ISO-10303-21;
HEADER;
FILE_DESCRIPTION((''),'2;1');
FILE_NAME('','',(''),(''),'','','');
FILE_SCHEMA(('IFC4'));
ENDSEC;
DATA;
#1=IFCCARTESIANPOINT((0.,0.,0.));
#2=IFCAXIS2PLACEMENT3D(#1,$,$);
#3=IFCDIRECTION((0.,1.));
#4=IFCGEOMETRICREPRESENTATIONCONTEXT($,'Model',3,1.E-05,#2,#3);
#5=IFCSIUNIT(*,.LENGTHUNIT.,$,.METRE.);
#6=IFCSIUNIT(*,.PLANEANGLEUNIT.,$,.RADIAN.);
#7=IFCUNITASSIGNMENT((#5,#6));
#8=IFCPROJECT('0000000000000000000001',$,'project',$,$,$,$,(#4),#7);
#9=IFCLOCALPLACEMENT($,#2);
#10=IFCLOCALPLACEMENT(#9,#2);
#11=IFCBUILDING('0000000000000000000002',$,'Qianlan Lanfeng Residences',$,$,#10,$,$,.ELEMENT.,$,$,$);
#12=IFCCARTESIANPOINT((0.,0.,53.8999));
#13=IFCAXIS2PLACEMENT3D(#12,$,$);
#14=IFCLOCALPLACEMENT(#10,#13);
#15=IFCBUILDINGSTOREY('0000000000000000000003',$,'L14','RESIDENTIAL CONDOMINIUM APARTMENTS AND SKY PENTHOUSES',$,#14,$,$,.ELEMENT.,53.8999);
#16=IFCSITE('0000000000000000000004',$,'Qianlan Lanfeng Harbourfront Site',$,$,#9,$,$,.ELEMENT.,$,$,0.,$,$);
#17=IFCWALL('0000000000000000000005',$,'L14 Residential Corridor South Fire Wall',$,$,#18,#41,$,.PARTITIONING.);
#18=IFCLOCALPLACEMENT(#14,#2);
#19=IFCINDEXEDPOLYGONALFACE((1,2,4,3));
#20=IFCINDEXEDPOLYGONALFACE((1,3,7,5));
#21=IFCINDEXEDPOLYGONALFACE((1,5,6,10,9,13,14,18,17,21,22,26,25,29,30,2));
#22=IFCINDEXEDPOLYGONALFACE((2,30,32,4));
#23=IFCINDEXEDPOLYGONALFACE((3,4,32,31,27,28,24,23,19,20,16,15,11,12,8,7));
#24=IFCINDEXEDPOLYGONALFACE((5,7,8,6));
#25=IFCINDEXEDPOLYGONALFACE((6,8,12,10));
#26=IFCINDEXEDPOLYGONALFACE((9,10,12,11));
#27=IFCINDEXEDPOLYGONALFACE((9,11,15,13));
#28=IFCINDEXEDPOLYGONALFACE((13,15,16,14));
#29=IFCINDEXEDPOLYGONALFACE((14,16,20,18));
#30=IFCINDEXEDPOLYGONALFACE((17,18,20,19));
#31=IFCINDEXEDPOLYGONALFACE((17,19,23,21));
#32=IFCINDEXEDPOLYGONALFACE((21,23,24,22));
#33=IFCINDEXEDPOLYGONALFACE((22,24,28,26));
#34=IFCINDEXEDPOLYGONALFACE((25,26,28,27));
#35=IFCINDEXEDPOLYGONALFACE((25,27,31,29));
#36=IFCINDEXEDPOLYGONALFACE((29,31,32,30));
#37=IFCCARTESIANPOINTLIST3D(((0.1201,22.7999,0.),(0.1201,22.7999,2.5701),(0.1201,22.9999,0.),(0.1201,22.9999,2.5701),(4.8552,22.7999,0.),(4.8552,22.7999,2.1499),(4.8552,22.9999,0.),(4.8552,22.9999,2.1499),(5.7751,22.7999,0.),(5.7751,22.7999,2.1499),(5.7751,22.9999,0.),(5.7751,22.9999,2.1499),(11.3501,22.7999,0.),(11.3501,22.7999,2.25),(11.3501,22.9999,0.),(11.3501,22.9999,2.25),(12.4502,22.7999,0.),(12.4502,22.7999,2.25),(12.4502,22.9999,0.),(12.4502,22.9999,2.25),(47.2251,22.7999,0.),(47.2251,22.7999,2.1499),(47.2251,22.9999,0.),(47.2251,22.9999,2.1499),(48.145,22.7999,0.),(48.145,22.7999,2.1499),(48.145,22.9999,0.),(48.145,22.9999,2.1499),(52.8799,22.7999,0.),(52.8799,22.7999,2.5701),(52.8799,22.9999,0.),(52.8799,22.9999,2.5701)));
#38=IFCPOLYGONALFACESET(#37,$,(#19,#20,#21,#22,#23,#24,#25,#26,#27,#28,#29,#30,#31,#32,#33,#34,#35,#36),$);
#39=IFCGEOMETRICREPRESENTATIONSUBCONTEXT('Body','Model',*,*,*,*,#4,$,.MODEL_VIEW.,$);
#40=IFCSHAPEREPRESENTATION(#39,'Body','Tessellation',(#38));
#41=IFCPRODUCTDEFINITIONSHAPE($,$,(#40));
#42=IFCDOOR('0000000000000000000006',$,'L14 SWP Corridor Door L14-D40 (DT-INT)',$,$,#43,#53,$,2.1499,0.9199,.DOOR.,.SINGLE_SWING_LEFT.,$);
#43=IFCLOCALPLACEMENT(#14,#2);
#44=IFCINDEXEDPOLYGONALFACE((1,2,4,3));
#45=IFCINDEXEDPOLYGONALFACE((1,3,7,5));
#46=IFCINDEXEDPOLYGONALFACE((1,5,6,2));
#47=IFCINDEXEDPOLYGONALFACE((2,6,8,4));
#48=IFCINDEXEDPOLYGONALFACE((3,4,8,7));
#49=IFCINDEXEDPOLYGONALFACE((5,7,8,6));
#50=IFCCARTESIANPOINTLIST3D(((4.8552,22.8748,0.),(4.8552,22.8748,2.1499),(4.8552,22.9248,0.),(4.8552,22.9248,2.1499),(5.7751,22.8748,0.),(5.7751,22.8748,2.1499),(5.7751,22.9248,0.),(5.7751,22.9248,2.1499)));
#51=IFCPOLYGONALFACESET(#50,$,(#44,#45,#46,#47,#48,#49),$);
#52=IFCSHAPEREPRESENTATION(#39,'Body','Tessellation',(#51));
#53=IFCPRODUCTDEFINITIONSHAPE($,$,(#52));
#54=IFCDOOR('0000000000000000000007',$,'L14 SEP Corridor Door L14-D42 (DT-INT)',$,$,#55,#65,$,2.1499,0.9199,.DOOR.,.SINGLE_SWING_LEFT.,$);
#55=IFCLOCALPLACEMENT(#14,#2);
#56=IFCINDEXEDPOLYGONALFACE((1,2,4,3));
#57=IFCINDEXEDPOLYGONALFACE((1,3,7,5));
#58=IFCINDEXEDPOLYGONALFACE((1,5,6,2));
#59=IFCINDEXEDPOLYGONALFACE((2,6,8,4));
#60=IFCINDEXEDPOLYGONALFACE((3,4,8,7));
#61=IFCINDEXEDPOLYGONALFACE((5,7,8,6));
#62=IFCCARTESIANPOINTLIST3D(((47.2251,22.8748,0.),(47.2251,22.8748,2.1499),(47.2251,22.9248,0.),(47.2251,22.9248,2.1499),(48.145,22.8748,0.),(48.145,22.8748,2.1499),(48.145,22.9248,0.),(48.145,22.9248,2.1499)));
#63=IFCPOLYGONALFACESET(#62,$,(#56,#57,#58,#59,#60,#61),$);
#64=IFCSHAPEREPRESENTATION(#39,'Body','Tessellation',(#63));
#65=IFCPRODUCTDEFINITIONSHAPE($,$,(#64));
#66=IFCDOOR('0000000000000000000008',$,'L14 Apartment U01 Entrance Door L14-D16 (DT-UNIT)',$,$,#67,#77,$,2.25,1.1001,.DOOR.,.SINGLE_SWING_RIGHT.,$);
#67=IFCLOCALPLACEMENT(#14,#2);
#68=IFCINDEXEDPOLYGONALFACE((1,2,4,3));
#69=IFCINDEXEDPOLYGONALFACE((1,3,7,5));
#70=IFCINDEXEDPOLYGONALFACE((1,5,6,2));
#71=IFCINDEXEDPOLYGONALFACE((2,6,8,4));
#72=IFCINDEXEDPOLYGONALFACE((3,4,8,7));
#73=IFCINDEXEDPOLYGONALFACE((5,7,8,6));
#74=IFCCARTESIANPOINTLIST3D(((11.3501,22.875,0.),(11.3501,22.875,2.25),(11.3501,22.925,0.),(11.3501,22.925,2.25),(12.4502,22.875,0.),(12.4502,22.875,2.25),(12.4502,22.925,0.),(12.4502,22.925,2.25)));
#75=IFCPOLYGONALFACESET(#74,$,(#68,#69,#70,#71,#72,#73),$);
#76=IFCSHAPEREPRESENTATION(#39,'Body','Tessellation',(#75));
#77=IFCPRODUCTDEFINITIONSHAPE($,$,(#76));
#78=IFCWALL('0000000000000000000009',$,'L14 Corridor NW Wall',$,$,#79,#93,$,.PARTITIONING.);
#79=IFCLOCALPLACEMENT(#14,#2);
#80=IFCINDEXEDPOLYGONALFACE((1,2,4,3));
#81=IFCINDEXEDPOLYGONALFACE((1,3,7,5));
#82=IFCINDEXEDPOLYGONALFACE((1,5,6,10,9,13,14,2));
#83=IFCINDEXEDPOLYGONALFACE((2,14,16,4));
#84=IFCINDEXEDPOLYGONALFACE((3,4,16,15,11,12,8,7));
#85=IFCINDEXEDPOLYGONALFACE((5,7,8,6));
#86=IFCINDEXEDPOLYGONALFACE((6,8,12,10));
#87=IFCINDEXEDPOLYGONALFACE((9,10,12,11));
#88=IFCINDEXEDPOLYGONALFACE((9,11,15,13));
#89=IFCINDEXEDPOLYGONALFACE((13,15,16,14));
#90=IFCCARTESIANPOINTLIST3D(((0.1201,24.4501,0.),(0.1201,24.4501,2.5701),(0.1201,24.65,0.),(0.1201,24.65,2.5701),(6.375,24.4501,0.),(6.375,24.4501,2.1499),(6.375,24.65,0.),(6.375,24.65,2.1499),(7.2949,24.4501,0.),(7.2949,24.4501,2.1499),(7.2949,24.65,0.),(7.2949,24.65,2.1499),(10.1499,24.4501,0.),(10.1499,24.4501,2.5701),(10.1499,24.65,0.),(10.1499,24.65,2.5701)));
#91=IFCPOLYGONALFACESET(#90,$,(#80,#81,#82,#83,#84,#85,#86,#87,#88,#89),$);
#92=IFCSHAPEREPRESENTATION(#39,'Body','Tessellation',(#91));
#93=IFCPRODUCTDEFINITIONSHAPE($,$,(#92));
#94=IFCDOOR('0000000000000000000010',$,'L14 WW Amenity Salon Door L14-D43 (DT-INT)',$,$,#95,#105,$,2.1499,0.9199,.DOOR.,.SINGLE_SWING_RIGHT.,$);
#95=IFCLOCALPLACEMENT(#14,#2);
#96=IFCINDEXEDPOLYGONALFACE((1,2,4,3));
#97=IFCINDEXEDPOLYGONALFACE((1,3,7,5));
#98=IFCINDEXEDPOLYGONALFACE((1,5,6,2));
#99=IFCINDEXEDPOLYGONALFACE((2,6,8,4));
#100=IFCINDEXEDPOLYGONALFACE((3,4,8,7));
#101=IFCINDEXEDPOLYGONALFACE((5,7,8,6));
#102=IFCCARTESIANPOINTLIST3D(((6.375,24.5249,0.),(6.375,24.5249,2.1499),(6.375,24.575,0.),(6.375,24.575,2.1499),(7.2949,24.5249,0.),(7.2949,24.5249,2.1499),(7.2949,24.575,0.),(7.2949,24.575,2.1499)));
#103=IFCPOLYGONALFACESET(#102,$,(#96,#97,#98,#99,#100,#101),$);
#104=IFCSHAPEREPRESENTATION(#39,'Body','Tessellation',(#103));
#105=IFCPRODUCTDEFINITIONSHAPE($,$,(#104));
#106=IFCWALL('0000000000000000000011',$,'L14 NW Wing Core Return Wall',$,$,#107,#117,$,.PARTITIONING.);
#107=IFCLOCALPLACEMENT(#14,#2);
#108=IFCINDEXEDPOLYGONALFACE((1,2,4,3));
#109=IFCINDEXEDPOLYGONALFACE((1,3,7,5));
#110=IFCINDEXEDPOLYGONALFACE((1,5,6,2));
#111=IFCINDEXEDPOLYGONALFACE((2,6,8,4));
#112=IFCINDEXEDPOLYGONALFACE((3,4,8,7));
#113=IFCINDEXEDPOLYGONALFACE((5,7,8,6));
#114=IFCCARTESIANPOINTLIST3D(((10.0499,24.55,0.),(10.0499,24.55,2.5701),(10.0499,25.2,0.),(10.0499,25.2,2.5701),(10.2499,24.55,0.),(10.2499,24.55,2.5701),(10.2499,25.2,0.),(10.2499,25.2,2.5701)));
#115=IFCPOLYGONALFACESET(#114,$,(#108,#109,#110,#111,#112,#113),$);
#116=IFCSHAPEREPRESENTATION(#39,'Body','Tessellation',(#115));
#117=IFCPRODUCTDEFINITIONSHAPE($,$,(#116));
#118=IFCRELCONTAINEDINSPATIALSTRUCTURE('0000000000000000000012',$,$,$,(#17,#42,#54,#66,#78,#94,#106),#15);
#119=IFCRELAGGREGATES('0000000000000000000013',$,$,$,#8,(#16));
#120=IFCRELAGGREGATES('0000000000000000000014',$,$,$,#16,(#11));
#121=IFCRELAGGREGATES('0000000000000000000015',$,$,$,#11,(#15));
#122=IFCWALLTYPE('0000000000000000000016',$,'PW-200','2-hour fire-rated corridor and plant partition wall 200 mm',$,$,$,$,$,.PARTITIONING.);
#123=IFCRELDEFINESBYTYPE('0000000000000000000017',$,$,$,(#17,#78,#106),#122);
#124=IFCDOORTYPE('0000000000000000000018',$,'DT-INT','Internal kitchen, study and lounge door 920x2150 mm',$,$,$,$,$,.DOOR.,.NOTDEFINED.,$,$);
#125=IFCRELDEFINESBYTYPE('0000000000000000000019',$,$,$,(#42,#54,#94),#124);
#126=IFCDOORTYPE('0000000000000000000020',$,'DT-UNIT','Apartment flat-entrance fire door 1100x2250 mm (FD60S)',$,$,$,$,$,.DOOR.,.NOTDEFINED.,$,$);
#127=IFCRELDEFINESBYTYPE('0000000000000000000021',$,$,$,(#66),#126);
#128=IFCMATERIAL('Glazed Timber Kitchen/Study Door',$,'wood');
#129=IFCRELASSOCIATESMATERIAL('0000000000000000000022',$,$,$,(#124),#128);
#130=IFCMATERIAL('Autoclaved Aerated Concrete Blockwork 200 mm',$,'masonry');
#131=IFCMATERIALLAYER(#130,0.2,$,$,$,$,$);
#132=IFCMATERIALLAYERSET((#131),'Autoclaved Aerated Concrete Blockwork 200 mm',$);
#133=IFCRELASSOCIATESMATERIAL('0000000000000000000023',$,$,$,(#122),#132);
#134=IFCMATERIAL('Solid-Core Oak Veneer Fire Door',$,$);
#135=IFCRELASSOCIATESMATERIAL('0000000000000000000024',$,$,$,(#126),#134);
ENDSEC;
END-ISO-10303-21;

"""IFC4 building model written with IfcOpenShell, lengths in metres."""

from ifc_helpers import new_model, si_unit, direction, frame, frame_2d, origin, place, context, subcontext, project, spatial, rectangle, extrude, material, layer, layer_set, type_object, element, fill, save


model = new_model("IFC4")

# Units and contexts
model_context = context("Model", 3, precision=1e-05, world=origin(), true_north=direction((0.0, 1.0)))
body_context = subcontext(model_context, "Body", "Model", "MODEL_VIEW")
ifc_project = project(units=[si_unit("LENGTHUNIT", "METRE"), si_unit("PLANEANGLEUNIT", "RADIAN")], contexts=[model_context])

# Site, building, storey
site_placement = place(None, origin())
site = spatial("IfcSite", under=ifc_project, at=site_placement, Name="Qianlan Lanfeng Harbourfront Site", CompositionType="ELEMENT", RefElevation=0.0)
building_placement = place(site_placement, origin())
building = spatial("IfcBuilding", under=site, at=building_placement, Name="Qianlan Lanfeng Residences", CompositionType="ELEMENT")
storey_placement = place(building_placement, frame((0.0, 0.0, 53.8999)))
storey = spatial("IfcBuildingStorey", under=building, at=storey_placement, Name="L14", Description="RESIDENTIAL CONDOMINIUM APARTMENTS AND SKY PENTHOUSES", CompositionType="ELEMENT", Elevation=53.8999)

# Shared definitions
ifc_material_1 = material(Name="Glazed Timber Kitchen/Study Door", Category="wood")
door_type_1 = type_object("IfcDoorType", Name="DT-INT", Description="Internal kitchen, study and lounge door 920x2150 mm", OperationType="NOTDEFINED", PredefinedType="DOOR", material=ifc_material_1)

# Wall, openings, doors
ifc_material_2 = material(Name="Autoclaved Aerated Concrete Blockwork 200 mm", Category="masonry")
ifc_layer_1 = layer(ifc_material_2, 0.2)
ifc_layer_set_1 = layer_set([ifc_layer_1], Name="Autoclaved Aerated Concrete Blockwork 200 mm")
wall_type_1 = type_object("IfcWallType", Name="PW-200", Description="2-hour fire-rated corridor and plant partition wall 200 mm", PredefinedType="PARTITIONING", material=ifc_layer_set_1)
wall_1_placement = place(storey_placement, frame((0.1201, 22.8999, 0.0), z_axis=(0.0, 0.0, 1.0), x_axis=(1.0, 0.0, 0.0)))
wall_1 = element("IfcWall", 1, at=wall_1_placement, inside=storey, type_object=wall_type_1, Name="L14 Residential Corridor South Fire Wall", PredefinedType="PARTITIONING", context=body_context, shape_type="SweptSolid", body=[
    extrude(rectangle(XDim=52.7598, YDim=0.2, at=frame_2d((26.3799, 0.0))), origin(), (0.0, 0.0, 1.0), 2.5701),
])
opening_1_placement = place(wall_1_placement, frame((11.23, 0.0, 0.0)))
opening_1 = element("IfcOpeningElement", 2, at=opening_1_placement, cuts=wall_1, PredefinedType="OPENING", context=body_context, shape_type="SweptSolid", body=[
    extrude(rectangle(XDim=1.1001, YDim=2.25, at=frame_2d((0.55, 1.125))), frame((0.0, 0.1099, 0.0), z_axis=(0.0, -1.0, 0.0), x_axis=(1.0, 0.0, 0.0)), (0.0, 0.0, 1.0), 0.22),
])
opening_2_placement = place(wall_1_placement, frame((4.7351, 0.0, 0.0)))
opening_2 = element("IfcOpeningElement", 3, at=opening_2_placement, cuts=wall_1, PredefinedType="OPENING", context=body_context, shape_type="SweptSolid", body=[
    extrude(rectangle(XDim=0.9199, YDim=2.1499, at=frame_2d((0.46, 1.075))), frame((0.0, 0.1099, 0.0), z_axis=(0.0, -1.0, 0.0), x_axis=(1.0, 0.0, 0.0)), (0.0, 0.0, 1.0), 0.22),
])
opening_3_placement = place(wall_1_placement, frame((47.105, 0.0, 0.0)))
opening_3 = element("IfcOpeningElement", 4, at=opening_3_placement, cuts=wall_1, PredefinedType="OPENING", context=body_context, shape_type="SweptSolid", body=[
    extrude(rectangle(XDim=0.9199, YDim=2.1499, at=frame_2d((0.46, 1.075))), frame((0.0, 0.1099, 0.0), z_axis=(0.0, -1.0, 0.0), x_axis=(1.0, 0.0, 0.0)), (0.0, 0.0, 1.0), 0.22),
])
door_1_placement = place(opening_2_placement, origin())
door_1 = element("IfcDoor", 5, at=door_1_placement, inside=storey, type_object=door_type_1, Name="L14 SWP Corridor Door L14-D40 (DT-INT)", OperationType="SINGLE_SWING_LEFT", OverallHeight=2.1499, OverallWidth=0.9199, PredefinedType="DOOR", context=body_context, shape_type="SweptSolid", body=[
    extrude(rectangle(XDim=0.9199, YDim=2.1499, at=frame_2d((0.46, 1.075))), frame((0.0, 0.0249, 0.0), z_axis=(0.0, -1.0, 0.0), x_axis=(1.0, 0.0, 0.0)), (0.0, 0.0, 1.0), 0.05),
])
fill(opening_2, door_1)
door_2_placement = place(opening_3_placement, origin())
door_2 = element("IfcDoor", 6, at=door_2_placement, inside=storey, type_object=door_type_1, Name="L14 SEP Corridor Door L14-D42 (DT-INT)", OperationType="SINGLE_SWING_LEFT", OverallHeight=2.1499, OverallWidth=0.9199, PredefinedType="DOOR", context=body_context, shape_type="SweptSolid", body=[
    extrude(rectangle(XDim=0.9199, YDim=2.1499, at=frame_2d((0.46, 1.075))), frame((0.0, 0.0249, 0.0), z_axis=(0.0, -1.0, 0.0), x_axis=(1.0, 0.0, 0.0)), (0.0, 0.0, 1.0), 0.05),
])
fill(opening_3, door_2)
ifc_material_3 = material(Name="Solid-Core Oak Veneer Fire Door")
door_type_2 = type_object("IfcDoorType", Name="DT-UNIT", Description="Apartment flat-entrance fire door 1100x2250 mm (FD60S)", OperationType="NOTDEFINED", PredefinedType="DOOR", material=ifc_material_3)
door_3_placement = place(opening_1_placement, frame((1.1001, 0.0, 0.0), z_axis=(0.0, 0.0, 1.0), x_axis=(-1.0, 0.0, 0.0)))
door_3 = element("IfcDoor", 7, at=door_3_placement, inside=storey, type_object=door_type_2, Name="L14 Apartment U01 Entrance Door L14-D16 (DT-UNIT)", OperationType="SINGLE_SWING_RIGHT", OverallHeight=2.25, OverallWidth=1.1001, PredefinedType="DOOR", context=body_context, shape_type="SweptSolid", body=[
    extrude(rectangle(XDim=1.1001, YDim=2.25, at=frame_2d((0.55, 1.125))), frame((0.0, 0.0249, 0.0), z_axis=(0.0, -1.0, 0.0), x_axis=(1.0, 0.0, 0.0)), (0.0, 0.0, 1.0), 0.05),
])
fill(opening_1, door_3)

# Wall, opening, door
wall_2_placement = place(storey_placement, frame((0.1201, 24.55, 0.0), z_axis=(0.0, 0.0, 1.0), x_axis=(1.0, 0.0, 0.0)))
wall_2 = element("IfcWall", 8, at=wall_2_placement, inside=storey, type_object=wall_type_1, Name="L14 Corridor NW Wall", PredefinedType="PARTITIONING", context=body_context, shape_type="SweptSolid", body=[
    extrude(rectangle(XDim=10.0298, YDim=0.2, at=frame_2d((5.0149, 0.0))), origin(), (0.0, 0.0, 1.0), 2.5701),
])
opening_4_placement = place(wall_2_placement, frame((6.2549, 0.0, 0.0)))
opening_4 = element("IfcOpeningElement", 9, at=opening_4_placement, cuts=wall_2, PredefinedType="OPENING", context=body_context, shape_type="SweptSolid", body=[
    extrude(rectangle(XDim=0.9199, YDim=2.1499, at=frame_2d((0.46, 1.075))), frame((0.0, 0.1099, 0.0), z_axis=(0.0, -1.0, 0.0), x_axis=(1.0, 0.0, 0.0)), (0.0, 0.0, 1.0), 0.22),
])
door_4_placement = place(opening_4_placement, origin())
door_4 = element("IfcDoor", 10, at=door_4_placement, inside=storey, type_object=door_type_1, Name="L14 WW Amenity Salon Door L14-D43 (DT-INT)", OperationType="SINGLE_SWING_RIGHT", OverallHeight=2.1499, OverallWidth=0.9199, PredefinedType="DOOR", context=body_context, shape_type="SweptSolid", body=[
    extrude(rectangle(XDim=0.9199, YDim=2.1499, at=frame_2d((0.46, 1.075))), frame((0.0, 0.0249, 0.0), z_axis=(0.0, -1.0, 0.0), x_axis=(1.0, 0.0, 0.0)), (0.0, 0.0, 1.0), 0.05),
])
fill(opening_4, door_4)

# Wall
wall_3_placement = place(storey_placement, frame((10.1499, 24.55, 0.0), z_axis=(0.0, 0.0, 1.0), x_axis=(0.0, 1.0, 0.0)))
element("IfcWall", 11, at=wall_3_placement, inside=storey, type_object=wall_type_1, Name="L14 NW Wing Core Return Wall", PredefinedType="PARTITIONING", context=body_context, shape_type="SweptSolid", body=[
    extrude(rectangle(XDim=0.6499, YDim=0.2, at=frame_2d((0.325, 0.0))), origin(), (0.0, 0.0, 1.0), 2.5701),
])

save(model, "model.ifc")
